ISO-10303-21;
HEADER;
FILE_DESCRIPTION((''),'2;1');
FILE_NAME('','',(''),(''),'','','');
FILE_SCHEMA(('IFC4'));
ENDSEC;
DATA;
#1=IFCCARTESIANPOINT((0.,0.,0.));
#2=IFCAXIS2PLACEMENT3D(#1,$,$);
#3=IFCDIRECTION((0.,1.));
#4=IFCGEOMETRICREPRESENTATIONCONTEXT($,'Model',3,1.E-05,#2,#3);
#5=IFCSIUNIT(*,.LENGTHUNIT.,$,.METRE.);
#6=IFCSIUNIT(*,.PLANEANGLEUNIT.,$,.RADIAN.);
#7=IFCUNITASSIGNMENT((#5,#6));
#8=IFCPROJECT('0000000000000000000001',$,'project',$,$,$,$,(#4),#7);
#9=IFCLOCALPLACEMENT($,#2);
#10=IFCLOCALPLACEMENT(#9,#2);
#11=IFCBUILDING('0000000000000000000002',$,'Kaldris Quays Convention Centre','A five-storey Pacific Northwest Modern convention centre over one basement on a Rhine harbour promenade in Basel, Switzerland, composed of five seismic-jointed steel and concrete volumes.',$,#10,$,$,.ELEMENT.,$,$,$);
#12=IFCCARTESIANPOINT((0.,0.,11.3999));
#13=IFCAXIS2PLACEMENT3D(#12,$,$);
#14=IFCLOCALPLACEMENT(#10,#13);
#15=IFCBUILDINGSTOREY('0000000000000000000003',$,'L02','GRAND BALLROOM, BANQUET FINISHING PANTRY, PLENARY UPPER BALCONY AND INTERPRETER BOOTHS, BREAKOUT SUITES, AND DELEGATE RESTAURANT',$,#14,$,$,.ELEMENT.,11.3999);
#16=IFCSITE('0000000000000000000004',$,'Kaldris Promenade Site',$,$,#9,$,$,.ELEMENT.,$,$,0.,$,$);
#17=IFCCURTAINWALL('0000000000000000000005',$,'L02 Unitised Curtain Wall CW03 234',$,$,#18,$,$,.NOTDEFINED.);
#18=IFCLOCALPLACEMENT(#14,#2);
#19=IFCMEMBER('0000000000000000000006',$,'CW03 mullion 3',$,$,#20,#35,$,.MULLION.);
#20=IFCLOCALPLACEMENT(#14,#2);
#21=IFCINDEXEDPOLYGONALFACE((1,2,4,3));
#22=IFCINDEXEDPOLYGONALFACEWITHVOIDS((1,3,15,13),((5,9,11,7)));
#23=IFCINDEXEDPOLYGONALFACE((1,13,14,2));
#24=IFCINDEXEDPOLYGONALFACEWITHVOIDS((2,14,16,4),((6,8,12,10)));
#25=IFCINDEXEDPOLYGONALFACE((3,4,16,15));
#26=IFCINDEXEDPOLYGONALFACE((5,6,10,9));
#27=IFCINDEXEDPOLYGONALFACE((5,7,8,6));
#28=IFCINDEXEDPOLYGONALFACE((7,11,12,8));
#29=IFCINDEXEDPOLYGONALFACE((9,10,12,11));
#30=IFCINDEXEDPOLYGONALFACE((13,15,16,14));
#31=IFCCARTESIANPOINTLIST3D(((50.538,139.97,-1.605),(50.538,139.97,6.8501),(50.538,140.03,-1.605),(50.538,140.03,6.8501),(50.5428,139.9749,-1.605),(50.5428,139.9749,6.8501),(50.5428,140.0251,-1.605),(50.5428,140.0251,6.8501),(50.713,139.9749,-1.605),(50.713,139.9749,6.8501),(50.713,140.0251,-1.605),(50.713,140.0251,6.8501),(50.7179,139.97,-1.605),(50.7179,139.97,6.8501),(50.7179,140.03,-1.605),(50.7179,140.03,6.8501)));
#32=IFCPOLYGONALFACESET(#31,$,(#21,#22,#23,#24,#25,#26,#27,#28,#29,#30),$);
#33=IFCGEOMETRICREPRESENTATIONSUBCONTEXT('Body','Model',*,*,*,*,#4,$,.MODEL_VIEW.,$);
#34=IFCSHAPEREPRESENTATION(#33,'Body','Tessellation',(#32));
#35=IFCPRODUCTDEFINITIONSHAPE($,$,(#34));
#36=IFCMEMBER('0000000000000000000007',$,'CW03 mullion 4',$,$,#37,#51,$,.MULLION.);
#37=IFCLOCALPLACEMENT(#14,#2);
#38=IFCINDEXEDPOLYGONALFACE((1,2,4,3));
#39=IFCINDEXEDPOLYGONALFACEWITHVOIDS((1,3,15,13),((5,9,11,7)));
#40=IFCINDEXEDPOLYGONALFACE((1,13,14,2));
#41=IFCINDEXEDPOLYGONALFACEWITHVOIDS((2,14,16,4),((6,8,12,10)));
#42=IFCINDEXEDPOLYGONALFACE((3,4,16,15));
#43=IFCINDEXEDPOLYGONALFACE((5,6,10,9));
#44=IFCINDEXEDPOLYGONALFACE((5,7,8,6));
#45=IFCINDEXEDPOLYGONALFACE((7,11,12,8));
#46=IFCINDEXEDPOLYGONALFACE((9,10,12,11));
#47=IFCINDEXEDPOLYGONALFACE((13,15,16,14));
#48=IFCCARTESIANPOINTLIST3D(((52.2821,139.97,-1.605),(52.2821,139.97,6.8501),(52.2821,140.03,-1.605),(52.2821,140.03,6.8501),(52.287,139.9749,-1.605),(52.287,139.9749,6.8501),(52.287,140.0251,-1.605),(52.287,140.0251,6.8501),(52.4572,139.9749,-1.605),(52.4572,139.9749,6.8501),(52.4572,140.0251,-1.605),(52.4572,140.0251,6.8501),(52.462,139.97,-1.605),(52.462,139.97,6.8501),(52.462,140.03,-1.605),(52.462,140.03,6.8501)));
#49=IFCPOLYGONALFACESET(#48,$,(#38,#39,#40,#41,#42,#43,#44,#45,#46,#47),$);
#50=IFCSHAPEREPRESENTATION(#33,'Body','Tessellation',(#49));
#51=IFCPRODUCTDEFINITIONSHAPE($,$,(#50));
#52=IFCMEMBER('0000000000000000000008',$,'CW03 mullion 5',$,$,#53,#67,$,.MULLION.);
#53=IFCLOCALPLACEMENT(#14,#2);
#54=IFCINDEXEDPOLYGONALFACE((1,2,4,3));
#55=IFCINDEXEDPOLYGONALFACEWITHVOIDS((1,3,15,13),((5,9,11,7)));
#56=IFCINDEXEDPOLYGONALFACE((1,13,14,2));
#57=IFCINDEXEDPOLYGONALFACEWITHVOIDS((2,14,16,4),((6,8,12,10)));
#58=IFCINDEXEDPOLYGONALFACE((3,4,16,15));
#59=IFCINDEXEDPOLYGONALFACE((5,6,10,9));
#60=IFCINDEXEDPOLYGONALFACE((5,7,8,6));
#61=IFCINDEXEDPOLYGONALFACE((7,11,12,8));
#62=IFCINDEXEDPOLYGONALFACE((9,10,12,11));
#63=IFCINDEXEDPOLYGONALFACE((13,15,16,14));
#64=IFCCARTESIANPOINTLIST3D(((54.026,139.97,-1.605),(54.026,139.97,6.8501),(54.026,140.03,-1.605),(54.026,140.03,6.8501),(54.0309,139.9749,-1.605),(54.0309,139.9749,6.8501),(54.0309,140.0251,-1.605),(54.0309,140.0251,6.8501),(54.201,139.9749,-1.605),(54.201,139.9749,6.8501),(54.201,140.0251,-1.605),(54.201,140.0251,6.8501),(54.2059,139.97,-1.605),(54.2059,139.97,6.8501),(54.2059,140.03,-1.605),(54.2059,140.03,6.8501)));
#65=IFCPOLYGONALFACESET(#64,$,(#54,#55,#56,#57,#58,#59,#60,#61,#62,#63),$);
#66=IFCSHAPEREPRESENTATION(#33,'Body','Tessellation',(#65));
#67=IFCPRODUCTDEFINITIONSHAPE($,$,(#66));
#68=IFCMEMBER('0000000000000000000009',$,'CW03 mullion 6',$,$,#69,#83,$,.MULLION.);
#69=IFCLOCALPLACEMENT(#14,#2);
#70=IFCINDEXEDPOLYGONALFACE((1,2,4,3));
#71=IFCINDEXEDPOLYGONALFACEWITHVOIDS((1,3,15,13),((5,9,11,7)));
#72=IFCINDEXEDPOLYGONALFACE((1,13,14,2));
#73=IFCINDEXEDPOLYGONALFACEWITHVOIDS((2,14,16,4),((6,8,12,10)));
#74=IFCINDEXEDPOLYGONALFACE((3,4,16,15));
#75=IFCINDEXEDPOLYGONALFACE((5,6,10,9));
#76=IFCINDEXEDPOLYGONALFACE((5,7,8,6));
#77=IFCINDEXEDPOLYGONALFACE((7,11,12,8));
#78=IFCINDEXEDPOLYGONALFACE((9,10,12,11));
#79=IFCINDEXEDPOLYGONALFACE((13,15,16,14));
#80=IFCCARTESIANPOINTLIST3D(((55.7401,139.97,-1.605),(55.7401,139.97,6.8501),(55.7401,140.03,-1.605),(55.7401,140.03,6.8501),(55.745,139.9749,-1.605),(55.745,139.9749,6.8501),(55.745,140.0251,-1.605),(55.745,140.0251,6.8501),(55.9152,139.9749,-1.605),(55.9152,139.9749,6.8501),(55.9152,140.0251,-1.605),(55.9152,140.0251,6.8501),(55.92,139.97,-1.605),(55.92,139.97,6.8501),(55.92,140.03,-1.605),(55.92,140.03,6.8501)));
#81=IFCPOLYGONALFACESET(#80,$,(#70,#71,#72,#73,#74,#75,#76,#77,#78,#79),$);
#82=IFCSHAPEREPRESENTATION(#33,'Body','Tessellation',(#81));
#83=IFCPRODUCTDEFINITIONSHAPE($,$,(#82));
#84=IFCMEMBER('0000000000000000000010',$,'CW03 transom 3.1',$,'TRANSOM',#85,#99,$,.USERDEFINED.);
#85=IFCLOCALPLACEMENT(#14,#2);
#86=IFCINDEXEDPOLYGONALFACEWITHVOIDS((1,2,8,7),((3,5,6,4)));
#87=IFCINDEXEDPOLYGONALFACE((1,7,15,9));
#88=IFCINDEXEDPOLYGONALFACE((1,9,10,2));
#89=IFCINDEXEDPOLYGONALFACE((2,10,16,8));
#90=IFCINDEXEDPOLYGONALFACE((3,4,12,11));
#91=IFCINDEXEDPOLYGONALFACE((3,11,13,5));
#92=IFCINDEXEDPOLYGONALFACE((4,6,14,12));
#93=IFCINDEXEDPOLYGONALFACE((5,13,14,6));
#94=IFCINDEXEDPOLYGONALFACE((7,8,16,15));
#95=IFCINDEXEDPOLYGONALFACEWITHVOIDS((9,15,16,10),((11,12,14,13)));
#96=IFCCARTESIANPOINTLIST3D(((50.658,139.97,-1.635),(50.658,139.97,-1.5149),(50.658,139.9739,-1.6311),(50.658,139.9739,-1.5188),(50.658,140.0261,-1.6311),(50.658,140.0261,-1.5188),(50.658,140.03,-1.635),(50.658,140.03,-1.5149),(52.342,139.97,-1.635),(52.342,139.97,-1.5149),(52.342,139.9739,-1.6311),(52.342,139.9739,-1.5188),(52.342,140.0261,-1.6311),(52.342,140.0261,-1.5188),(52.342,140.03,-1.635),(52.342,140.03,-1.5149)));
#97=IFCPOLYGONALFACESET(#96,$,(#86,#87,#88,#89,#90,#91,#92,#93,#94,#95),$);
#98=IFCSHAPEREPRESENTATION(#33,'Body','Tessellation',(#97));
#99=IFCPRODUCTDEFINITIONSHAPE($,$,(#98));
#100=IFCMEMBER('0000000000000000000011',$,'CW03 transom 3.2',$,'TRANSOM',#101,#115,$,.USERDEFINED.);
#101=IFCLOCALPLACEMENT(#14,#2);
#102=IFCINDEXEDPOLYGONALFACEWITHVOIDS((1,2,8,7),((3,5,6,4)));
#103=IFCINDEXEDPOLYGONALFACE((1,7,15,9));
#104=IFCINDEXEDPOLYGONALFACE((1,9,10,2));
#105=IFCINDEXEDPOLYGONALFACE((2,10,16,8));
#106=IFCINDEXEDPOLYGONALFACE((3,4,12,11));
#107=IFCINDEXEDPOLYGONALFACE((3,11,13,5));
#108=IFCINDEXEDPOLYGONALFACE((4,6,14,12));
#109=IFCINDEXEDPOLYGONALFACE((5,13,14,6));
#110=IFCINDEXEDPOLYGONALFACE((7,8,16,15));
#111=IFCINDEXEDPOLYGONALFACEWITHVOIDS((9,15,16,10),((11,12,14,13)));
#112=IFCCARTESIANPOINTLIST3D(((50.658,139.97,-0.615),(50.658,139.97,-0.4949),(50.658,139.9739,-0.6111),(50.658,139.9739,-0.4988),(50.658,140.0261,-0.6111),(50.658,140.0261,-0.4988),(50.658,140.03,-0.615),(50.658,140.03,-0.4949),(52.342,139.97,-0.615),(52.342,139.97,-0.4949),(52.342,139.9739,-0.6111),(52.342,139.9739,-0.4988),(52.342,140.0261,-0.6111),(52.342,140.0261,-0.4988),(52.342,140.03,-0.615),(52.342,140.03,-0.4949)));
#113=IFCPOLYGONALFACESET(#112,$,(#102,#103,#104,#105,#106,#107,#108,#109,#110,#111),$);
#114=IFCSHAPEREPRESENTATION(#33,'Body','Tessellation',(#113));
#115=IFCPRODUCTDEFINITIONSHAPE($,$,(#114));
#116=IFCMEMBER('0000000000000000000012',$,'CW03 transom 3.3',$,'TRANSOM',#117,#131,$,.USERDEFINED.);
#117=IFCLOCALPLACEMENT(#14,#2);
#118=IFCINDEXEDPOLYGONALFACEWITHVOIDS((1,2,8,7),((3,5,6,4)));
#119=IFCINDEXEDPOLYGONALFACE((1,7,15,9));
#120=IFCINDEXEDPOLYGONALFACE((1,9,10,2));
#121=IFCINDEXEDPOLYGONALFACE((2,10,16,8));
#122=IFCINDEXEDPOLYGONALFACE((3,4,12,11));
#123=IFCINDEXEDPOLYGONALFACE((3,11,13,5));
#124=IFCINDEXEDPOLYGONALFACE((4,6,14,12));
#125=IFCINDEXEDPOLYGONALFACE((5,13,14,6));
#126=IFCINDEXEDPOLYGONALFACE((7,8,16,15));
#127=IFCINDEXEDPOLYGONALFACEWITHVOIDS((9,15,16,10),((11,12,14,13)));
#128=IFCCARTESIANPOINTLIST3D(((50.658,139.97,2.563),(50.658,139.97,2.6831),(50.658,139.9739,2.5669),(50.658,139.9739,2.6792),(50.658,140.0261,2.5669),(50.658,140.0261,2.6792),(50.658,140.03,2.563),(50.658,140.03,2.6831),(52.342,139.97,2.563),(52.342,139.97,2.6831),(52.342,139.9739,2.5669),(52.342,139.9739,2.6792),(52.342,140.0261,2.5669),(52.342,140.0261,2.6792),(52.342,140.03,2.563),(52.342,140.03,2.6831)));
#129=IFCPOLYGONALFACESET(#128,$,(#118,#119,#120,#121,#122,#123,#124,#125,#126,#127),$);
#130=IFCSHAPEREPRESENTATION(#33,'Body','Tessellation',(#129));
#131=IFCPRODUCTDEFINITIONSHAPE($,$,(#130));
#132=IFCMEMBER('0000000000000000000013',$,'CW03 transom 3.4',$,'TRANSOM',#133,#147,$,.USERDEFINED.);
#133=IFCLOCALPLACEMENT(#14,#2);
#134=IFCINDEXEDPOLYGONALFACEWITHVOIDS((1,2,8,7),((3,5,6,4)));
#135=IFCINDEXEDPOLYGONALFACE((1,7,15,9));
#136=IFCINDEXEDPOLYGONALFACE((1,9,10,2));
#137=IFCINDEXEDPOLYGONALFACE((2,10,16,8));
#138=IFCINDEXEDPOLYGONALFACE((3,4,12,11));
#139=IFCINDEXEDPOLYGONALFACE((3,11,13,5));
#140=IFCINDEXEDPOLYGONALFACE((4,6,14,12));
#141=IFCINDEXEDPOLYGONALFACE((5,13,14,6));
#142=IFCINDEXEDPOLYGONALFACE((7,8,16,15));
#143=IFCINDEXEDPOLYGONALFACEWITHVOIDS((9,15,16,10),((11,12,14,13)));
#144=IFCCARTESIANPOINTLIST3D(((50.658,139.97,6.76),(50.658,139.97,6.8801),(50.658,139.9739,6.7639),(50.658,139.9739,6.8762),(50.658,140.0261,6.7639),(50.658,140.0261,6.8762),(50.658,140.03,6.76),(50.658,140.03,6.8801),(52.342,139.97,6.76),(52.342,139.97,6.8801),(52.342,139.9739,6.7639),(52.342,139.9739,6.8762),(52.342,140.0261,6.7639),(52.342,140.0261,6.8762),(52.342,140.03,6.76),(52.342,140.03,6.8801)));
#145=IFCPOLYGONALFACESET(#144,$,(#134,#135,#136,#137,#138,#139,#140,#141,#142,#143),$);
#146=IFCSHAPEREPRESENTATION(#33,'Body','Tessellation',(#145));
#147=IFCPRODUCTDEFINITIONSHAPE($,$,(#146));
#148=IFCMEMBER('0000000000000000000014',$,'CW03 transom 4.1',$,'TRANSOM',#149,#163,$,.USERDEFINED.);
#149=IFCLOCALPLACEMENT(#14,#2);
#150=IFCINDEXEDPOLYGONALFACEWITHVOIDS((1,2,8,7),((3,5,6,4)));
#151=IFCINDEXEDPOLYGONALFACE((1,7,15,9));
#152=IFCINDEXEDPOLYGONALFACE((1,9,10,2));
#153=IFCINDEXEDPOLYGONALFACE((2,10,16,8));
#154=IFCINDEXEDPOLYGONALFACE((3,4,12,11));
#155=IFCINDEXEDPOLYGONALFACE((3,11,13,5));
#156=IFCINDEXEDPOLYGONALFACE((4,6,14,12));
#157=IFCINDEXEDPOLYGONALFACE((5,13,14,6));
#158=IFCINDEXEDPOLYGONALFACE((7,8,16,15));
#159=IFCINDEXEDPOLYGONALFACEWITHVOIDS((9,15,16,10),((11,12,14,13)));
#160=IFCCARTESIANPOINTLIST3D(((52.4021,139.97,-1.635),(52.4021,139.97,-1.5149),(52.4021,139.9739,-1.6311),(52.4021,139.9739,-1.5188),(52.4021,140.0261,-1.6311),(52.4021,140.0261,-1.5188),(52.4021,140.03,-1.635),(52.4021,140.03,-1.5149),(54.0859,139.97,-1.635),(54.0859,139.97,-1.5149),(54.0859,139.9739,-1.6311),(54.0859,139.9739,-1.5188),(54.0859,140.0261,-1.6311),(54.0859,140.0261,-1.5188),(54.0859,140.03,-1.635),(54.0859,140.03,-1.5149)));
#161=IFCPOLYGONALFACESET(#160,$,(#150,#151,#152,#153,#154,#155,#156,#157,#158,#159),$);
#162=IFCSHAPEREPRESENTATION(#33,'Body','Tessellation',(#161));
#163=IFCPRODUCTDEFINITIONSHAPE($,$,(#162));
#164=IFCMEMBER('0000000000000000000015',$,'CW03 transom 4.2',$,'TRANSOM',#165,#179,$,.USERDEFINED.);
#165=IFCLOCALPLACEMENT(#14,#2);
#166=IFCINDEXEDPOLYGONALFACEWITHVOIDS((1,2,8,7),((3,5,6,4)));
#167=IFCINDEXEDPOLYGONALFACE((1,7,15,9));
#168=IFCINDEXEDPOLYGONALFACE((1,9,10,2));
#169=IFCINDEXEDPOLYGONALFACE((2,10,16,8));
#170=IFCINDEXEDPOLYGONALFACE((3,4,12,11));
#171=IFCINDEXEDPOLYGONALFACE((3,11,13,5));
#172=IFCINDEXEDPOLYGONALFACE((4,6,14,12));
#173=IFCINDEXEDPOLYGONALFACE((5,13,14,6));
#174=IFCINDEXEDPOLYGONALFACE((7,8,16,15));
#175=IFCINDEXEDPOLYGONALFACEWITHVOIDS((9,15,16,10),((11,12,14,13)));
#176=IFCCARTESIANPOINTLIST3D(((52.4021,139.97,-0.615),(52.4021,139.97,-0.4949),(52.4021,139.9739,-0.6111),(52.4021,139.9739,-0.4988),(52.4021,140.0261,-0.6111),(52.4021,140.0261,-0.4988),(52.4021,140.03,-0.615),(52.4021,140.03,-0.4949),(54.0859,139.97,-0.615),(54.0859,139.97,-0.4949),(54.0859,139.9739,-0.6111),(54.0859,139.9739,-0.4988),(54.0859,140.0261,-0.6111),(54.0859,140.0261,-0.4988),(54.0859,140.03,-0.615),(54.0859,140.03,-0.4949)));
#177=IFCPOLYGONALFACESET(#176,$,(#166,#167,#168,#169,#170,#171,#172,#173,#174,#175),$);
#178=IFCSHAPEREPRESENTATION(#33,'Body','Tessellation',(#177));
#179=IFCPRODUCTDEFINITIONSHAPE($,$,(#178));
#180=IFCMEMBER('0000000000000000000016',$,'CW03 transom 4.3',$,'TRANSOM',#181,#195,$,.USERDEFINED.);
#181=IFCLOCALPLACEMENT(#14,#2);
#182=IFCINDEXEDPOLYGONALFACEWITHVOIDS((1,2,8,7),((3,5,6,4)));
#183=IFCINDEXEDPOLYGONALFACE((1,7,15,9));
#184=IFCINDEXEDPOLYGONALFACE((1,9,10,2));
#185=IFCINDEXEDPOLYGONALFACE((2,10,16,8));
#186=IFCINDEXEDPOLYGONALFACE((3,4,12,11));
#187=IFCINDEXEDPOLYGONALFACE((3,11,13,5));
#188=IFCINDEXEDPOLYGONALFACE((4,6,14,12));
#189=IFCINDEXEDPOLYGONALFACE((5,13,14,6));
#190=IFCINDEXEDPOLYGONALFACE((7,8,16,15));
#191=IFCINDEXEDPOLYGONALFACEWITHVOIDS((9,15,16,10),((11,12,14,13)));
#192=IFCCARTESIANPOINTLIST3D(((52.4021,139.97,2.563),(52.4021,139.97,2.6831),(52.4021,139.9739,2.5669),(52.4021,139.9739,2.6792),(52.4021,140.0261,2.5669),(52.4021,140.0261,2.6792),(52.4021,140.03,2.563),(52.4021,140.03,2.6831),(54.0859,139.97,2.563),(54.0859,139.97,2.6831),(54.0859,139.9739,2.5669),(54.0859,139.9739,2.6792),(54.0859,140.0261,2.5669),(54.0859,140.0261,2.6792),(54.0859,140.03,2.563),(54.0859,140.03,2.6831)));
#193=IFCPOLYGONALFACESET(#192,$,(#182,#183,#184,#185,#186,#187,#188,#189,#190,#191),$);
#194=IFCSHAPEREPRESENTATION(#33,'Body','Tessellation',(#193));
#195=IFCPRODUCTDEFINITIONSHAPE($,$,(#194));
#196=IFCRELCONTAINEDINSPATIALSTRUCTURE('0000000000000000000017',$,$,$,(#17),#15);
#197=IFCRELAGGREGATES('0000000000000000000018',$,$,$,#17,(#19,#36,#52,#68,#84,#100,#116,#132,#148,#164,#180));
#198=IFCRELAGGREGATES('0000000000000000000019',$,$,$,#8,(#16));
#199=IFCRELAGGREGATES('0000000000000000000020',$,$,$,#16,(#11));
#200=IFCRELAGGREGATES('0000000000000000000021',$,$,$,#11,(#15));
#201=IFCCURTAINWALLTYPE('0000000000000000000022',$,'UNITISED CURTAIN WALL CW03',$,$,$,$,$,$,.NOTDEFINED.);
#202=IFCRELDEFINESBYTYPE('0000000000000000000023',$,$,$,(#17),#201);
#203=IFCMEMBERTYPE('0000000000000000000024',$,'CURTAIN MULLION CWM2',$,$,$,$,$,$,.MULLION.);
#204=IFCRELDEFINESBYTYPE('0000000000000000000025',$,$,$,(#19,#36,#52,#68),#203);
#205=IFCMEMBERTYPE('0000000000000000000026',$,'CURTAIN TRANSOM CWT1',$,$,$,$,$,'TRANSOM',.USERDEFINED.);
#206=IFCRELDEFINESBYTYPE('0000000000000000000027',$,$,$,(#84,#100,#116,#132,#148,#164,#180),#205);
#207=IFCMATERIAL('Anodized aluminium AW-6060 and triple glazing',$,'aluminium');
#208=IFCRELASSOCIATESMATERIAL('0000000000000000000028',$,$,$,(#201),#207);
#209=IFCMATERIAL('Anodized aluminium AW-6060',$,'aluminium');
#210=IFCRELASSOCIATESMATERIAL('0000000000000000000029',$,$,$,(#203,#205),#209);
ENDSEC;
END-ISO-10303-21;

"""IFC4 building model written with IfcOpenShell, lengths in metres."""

from ifc_helpers import new_model, si_unit, direction, frame, origin, origin_2d, place, context, subcontext, project, spatial, hollow_rectangle, extrude, material, material_profile, profile_set, type_object, element, aggregate, save


model = new_model("IFC4")

# Units and contexts
model_context = context("Model", 3, precision=1e-05, world=origin(), true_north=direction((0.0, 1.0)))
body_context = subcontext(model_context, "Body", "Model", "MODEL_VIEW")
ifc_project = project(units=[si_unit("LENGTHUNIT", "METRE"), si_unit("PLANEANGLEUNIT", "RADIAN")], contexts=[model_context])

# Site, building, storey
site_placement = place(None, origin())
site = spatial("IfcSite", under=ifc_project, at=site_placement, Name="Kaldris Promenade Site", CompositionType="ELEMENT", RefElevation=0.0)
building_placement = place(site_placement, origin())
building = spatial("IfcBuilding", under=site, at=building_placement, Name="Kaldris Quays Convention Centre", Description="A five-storey Pacific Northwest Modern convention centre over one basement on a Rhine harbour promenade in Basel, Switzerland, composed of five seismic-jointed steel and concrete volumes.", CompositionType="ELEMENT")
storey_placement = place(building_placement, frame((0.0, 0.0, 11.3999)))
storey = spatial("IfcBuildingStorey", under=building, at=storey_placement, Name="L02", Description="GRAND BALLROOM, BANQUET FINISHING PANTRY, PLENARY UPPER BALCONY AND INTERPRETER BOOTHS, BREAKOUT SUITES, AND DELEGATE RESTAURANT", CompositionType="ELEMENT", Elevation=11.3999)

# Curtain wall, members
ifc_material_1 = material(Name="Anodized aluminium AW-6060 and triple glazing", Category="aluminium")
curtain_wall_type = type_object("IfcCurtainWallType", Name="UNITISED CURTAIN WALL CW03", PredefinedType="NOTDEFINED", material=ifc_material_1)
curtain_wall_placement = place(storey_placement, origin())
curtain_wall = element("IfcCurtainWall", 1, at=curtain_wall_placement, inside=storey, type_object=curtain_wall_type, Name="L02 Unitised Curtain Wall CW03 234", PredefinedType="NOTDEFINED")
ifc_material_2 = material(Name="Anodized aluminium AW-6060", Category="aluminium")
ifc_material_profile_1 = material_profile(ifc_material_2, hollow_rectangle(XDim=0.0601, YDim=0.1799, WallThickness=0.0049, at=origin_2d()), Name="RHS 180x60x5")
ifc_profile_set_1 = profile_set([ifc_material_profile_1], Name="Anodized aluminium AW-6060")
member_type_1 = type_object("IfcMemberType", Name="CURTAIN MULLION CWM2", PredefinedType="MULLION", material=ifc_profile_set_1)
member_1_placement = place(storey_placement, frame((50.6279, 140.0, -1.605), z_axis=(0.0, 0.0, 1.0), x_axis=(0.0, 1.0, 0.0)))
member_1 = element("IfcMember", 2, at=member_1_placement, type_object=member_type_1, Name="CW03 mullion 3", PredefinedType="MULLION", context=body_context, shape_type="SweptSolid", body=[
    extrude(hollow_rectangle(XDim=0.0601, YDim=0.1799, WallThickness=0.0049, at=origin_2d()), origin(), (0.0, 0.0, 1.0), 8.4551),
])
member_2_placement = place(storey_placement, frame((52.3721, 140.0, -1.605), z_axis=(0.0, 0.0, 1.0), x_axis=(0.0, 1.0, 0.0)))
member_2 = element("IfcMember", 3, at=member_2_placement, type_object=member_type_1, Name="CW03 mullion 4", PredefinedType="MULLION", context=body_context, shape_type="SweptSolid", body=[
    extrude(hollow_rectangle(XDim=0.0601, YDim=0.1799, WallThickness=0.0049, at=origin_2d()), origin(), (0.0, 0.0, 1.0), 8.4551),
])
member_3_placement = place(storey_placement, frame((54.116, 140.0, -1.605), z_axis=(0.0, 0.0, 1.0), x_axis=(0.0, 1.0, 0.0)))
member_3 = element("IfcMember", 4, at=member_3_placement, type_object=member_type_1, Name="CW03 mullion 5", PredefinedType="MULLION", context=body_context, shape_type="SweptSolid", body=[
    extrude(hollow_rectangle(XDim=0.0601, YDim=0.1799, WallThickness=0.0049, at=origin_2d()), origin(), (0.0, 0.0, 1.0), 8.4551),
])
member_4_placement = place(storey_placement, frame((55.8301, 140.0, -1.605), z_axis=(0.0, 0.0, 1.0), x_axis=(0.0, 1.0, 0.0)))
member_4 = element("IfcMember", 5, at=member_4_placement, type_object=member_type_1, Name="CW03 mullion 6", PredefinedType="MULLION", context=body_context, shape_type="SweptSolid", body=[
    extrude(hollow_rectangle(XDim=0.0601, YDim=0.1799, WallThickness=0.0049, at=origin_2d()), origin(), (0.0, 0.0, 1.0), 8.4551),
])
ifc_material_profile_2 = material_profile(ifc_material_2, hollow_rectangle(XDim=0.0601, YDim=0.1201, WallThickness=0.0039, at=origin_2d()), Name="RHS 120x60x4")
ifc_profile_set_2 = profile_set([ifc_material_profile_2], Name="Anodized aluminium AW-6060")
member_type_2 = type_object("IfcMemberType", Name="CURTAIN TRANSOM CWT1", ElementType="TRANSOM", PredefinedType="USERDEFINED", material=ifc_profile_set_2)
member_5_placement = place(storey_placement, frame((50.658, 140.0, -1.575), z_axis=(1.0, 0.0, 0.0), x_axis=(0.0, 1.0, 0.0)))
member_5 = element("IfcMember", 6, at=member_5_placement, type_object=member_type_2, Name="CW03 transom 3.1", ObjectType="TRANSOM", PredefinedType="USERDEFINED", context=body_context, shape_type="SweptSolid", body=[
    extrude(hollow_rectangle(XDim=0.0601, YDim=0.1201, WallThickness=0.0039, at=origin_2d()), origin(), (0.0, 0.0, 1.0), 1.6841),
])
member_6_placement = place(storey_placement, frame((50.658, 140.0, -0.5549), z_axis=(1.0, 0.0, 0.0), x_axis=(0.0, 1.0, 0.0)))
member_6 = element("IfcMember", 7, at=member_6_placement, type_object=member_type_2, Name="CW03 transom 3.2", ObjectType="TRANSOM", PredefinedType="USERDEFINED", context=body_context, shape_type="SweptSolid", body=[
    extrude(hollow_rectangle(XDim=0.0601, YDim=0.1201, WallThickness=0.0039, at=origin_2d()), origin(), (0.0, 0.0, 1.0), 1.6841),
])
member_7_placement = place(storey_placement, frame((50.658, 140.0, 2.623), z_axis=(1.0, 0.0, 0.0), x_axis=(0.0, 1.0, 0.0)))
member_7 = element("IfcMember", 8, at=member_7_placement, type_object=member_type_2, Name="CW03 transom 3.3", ObjectType="TRANSOM", PredefinedType="USERDEFINED", context=body_context, shape_type="SweptSolid", body=[
    extrude(hollow_rectangle(XDim=0.0601, YDim=0.1201, WallThickness=0.0039, at=origin_2d()), origin(), (0.0, 0.0, 1.0), 1.6841),
])
member_8_placement = place(storey_placement, frame((50.658, 140.0, 6.8201), z_axis=(1.0, 0.0, 0.0), x_axis=(0.0, 1.0, 0.0)))
member_8 = element("IfcMember", 9, at=member_8_placement, type_object=member_type_2, Name="CW03 transom 3.4", ObjectType="TRANSOM", PredefinedType="USERDEFINED", context=body_context, shape_type="SweptSolid", body=[
    extrude(hollow_rectangle(XDim=0.0601, YDim=0.1201, WallThickness=0.0039, at=origin_2d()), origin(), (0.0, 0.0, 1.0), 1.6841),
])
member_9_placement = place(storey_placement, frame((52.4021, 140.0, -1.575), z_axis=(1.0, 0.0, 0.0), x_axis=(0.0, 1.0, 0.0)))
member_9 = element("IfcMember", 10, at=member_9_placement, type_object=member_type_2, Name="CW03 transom 4.1", ObjectType="TRANSOM", PredefinedType="USERDEFINED", context=body_context, shape_type="SweptSolid", body=[
    extrude(hollow_rectangle(XDim=0.0601, YDim=0.1201, WallThickness=0.0039, at=origin_2d()), origin(), (0.0, 0.0, 1.0), 1.6838),
])
member_10_placement = place(storey_placement, frame((52.4021, 140.0, -0.5549), z_axis=(1.0, 0.0, 0.0), x_axis=(0.0, 1.0, 0.0)))
member_10 = element("IfcMember", 11, at=member_10_placement, type_object=member_type_2, Name="CW03 transom 4.2", ObjectType="TRANSOM", PredefinedType="USERDEFINED", context=body_context, shape_type="SweptSolid", body=[
    extrude(hollow_rectangle(XDim=0.0601, YDim=0.1201, WallThickness=0.0039, at=origin_2d()), origin(), (0.0, 0.0, 1.0), 1.6838),
])
member_11_placement = place(storey_placement, frame((52.4021, 140.0, 2.623), z_axis=(1.0, 0.0, 0.0), x_axis=(0.0, 1.0, 0.0)))
member_11 = element("IfcMember", 12, at=member_11_placement, type_object=member_type_2, Name="CW03 transom 4.3", ObjectType="TRANSOM", PredefinedType="USERDEFINED", context=body_context, shape_type="SweptSolid", body=[
    extrude(hollow_rectangle(XDim=0.0601, YDim=0.1201, WallThickness=0.0039, at=origin_2d()), origin(), (0.0, 0.0, 1.0), 1.6838),
])

aggregate(curtain_wall, [member_1, member_2, member_3, member_4, member_5, member_6, member_7, member_8, member_9, member_10, member_11])

save(model, "model.ifc")
